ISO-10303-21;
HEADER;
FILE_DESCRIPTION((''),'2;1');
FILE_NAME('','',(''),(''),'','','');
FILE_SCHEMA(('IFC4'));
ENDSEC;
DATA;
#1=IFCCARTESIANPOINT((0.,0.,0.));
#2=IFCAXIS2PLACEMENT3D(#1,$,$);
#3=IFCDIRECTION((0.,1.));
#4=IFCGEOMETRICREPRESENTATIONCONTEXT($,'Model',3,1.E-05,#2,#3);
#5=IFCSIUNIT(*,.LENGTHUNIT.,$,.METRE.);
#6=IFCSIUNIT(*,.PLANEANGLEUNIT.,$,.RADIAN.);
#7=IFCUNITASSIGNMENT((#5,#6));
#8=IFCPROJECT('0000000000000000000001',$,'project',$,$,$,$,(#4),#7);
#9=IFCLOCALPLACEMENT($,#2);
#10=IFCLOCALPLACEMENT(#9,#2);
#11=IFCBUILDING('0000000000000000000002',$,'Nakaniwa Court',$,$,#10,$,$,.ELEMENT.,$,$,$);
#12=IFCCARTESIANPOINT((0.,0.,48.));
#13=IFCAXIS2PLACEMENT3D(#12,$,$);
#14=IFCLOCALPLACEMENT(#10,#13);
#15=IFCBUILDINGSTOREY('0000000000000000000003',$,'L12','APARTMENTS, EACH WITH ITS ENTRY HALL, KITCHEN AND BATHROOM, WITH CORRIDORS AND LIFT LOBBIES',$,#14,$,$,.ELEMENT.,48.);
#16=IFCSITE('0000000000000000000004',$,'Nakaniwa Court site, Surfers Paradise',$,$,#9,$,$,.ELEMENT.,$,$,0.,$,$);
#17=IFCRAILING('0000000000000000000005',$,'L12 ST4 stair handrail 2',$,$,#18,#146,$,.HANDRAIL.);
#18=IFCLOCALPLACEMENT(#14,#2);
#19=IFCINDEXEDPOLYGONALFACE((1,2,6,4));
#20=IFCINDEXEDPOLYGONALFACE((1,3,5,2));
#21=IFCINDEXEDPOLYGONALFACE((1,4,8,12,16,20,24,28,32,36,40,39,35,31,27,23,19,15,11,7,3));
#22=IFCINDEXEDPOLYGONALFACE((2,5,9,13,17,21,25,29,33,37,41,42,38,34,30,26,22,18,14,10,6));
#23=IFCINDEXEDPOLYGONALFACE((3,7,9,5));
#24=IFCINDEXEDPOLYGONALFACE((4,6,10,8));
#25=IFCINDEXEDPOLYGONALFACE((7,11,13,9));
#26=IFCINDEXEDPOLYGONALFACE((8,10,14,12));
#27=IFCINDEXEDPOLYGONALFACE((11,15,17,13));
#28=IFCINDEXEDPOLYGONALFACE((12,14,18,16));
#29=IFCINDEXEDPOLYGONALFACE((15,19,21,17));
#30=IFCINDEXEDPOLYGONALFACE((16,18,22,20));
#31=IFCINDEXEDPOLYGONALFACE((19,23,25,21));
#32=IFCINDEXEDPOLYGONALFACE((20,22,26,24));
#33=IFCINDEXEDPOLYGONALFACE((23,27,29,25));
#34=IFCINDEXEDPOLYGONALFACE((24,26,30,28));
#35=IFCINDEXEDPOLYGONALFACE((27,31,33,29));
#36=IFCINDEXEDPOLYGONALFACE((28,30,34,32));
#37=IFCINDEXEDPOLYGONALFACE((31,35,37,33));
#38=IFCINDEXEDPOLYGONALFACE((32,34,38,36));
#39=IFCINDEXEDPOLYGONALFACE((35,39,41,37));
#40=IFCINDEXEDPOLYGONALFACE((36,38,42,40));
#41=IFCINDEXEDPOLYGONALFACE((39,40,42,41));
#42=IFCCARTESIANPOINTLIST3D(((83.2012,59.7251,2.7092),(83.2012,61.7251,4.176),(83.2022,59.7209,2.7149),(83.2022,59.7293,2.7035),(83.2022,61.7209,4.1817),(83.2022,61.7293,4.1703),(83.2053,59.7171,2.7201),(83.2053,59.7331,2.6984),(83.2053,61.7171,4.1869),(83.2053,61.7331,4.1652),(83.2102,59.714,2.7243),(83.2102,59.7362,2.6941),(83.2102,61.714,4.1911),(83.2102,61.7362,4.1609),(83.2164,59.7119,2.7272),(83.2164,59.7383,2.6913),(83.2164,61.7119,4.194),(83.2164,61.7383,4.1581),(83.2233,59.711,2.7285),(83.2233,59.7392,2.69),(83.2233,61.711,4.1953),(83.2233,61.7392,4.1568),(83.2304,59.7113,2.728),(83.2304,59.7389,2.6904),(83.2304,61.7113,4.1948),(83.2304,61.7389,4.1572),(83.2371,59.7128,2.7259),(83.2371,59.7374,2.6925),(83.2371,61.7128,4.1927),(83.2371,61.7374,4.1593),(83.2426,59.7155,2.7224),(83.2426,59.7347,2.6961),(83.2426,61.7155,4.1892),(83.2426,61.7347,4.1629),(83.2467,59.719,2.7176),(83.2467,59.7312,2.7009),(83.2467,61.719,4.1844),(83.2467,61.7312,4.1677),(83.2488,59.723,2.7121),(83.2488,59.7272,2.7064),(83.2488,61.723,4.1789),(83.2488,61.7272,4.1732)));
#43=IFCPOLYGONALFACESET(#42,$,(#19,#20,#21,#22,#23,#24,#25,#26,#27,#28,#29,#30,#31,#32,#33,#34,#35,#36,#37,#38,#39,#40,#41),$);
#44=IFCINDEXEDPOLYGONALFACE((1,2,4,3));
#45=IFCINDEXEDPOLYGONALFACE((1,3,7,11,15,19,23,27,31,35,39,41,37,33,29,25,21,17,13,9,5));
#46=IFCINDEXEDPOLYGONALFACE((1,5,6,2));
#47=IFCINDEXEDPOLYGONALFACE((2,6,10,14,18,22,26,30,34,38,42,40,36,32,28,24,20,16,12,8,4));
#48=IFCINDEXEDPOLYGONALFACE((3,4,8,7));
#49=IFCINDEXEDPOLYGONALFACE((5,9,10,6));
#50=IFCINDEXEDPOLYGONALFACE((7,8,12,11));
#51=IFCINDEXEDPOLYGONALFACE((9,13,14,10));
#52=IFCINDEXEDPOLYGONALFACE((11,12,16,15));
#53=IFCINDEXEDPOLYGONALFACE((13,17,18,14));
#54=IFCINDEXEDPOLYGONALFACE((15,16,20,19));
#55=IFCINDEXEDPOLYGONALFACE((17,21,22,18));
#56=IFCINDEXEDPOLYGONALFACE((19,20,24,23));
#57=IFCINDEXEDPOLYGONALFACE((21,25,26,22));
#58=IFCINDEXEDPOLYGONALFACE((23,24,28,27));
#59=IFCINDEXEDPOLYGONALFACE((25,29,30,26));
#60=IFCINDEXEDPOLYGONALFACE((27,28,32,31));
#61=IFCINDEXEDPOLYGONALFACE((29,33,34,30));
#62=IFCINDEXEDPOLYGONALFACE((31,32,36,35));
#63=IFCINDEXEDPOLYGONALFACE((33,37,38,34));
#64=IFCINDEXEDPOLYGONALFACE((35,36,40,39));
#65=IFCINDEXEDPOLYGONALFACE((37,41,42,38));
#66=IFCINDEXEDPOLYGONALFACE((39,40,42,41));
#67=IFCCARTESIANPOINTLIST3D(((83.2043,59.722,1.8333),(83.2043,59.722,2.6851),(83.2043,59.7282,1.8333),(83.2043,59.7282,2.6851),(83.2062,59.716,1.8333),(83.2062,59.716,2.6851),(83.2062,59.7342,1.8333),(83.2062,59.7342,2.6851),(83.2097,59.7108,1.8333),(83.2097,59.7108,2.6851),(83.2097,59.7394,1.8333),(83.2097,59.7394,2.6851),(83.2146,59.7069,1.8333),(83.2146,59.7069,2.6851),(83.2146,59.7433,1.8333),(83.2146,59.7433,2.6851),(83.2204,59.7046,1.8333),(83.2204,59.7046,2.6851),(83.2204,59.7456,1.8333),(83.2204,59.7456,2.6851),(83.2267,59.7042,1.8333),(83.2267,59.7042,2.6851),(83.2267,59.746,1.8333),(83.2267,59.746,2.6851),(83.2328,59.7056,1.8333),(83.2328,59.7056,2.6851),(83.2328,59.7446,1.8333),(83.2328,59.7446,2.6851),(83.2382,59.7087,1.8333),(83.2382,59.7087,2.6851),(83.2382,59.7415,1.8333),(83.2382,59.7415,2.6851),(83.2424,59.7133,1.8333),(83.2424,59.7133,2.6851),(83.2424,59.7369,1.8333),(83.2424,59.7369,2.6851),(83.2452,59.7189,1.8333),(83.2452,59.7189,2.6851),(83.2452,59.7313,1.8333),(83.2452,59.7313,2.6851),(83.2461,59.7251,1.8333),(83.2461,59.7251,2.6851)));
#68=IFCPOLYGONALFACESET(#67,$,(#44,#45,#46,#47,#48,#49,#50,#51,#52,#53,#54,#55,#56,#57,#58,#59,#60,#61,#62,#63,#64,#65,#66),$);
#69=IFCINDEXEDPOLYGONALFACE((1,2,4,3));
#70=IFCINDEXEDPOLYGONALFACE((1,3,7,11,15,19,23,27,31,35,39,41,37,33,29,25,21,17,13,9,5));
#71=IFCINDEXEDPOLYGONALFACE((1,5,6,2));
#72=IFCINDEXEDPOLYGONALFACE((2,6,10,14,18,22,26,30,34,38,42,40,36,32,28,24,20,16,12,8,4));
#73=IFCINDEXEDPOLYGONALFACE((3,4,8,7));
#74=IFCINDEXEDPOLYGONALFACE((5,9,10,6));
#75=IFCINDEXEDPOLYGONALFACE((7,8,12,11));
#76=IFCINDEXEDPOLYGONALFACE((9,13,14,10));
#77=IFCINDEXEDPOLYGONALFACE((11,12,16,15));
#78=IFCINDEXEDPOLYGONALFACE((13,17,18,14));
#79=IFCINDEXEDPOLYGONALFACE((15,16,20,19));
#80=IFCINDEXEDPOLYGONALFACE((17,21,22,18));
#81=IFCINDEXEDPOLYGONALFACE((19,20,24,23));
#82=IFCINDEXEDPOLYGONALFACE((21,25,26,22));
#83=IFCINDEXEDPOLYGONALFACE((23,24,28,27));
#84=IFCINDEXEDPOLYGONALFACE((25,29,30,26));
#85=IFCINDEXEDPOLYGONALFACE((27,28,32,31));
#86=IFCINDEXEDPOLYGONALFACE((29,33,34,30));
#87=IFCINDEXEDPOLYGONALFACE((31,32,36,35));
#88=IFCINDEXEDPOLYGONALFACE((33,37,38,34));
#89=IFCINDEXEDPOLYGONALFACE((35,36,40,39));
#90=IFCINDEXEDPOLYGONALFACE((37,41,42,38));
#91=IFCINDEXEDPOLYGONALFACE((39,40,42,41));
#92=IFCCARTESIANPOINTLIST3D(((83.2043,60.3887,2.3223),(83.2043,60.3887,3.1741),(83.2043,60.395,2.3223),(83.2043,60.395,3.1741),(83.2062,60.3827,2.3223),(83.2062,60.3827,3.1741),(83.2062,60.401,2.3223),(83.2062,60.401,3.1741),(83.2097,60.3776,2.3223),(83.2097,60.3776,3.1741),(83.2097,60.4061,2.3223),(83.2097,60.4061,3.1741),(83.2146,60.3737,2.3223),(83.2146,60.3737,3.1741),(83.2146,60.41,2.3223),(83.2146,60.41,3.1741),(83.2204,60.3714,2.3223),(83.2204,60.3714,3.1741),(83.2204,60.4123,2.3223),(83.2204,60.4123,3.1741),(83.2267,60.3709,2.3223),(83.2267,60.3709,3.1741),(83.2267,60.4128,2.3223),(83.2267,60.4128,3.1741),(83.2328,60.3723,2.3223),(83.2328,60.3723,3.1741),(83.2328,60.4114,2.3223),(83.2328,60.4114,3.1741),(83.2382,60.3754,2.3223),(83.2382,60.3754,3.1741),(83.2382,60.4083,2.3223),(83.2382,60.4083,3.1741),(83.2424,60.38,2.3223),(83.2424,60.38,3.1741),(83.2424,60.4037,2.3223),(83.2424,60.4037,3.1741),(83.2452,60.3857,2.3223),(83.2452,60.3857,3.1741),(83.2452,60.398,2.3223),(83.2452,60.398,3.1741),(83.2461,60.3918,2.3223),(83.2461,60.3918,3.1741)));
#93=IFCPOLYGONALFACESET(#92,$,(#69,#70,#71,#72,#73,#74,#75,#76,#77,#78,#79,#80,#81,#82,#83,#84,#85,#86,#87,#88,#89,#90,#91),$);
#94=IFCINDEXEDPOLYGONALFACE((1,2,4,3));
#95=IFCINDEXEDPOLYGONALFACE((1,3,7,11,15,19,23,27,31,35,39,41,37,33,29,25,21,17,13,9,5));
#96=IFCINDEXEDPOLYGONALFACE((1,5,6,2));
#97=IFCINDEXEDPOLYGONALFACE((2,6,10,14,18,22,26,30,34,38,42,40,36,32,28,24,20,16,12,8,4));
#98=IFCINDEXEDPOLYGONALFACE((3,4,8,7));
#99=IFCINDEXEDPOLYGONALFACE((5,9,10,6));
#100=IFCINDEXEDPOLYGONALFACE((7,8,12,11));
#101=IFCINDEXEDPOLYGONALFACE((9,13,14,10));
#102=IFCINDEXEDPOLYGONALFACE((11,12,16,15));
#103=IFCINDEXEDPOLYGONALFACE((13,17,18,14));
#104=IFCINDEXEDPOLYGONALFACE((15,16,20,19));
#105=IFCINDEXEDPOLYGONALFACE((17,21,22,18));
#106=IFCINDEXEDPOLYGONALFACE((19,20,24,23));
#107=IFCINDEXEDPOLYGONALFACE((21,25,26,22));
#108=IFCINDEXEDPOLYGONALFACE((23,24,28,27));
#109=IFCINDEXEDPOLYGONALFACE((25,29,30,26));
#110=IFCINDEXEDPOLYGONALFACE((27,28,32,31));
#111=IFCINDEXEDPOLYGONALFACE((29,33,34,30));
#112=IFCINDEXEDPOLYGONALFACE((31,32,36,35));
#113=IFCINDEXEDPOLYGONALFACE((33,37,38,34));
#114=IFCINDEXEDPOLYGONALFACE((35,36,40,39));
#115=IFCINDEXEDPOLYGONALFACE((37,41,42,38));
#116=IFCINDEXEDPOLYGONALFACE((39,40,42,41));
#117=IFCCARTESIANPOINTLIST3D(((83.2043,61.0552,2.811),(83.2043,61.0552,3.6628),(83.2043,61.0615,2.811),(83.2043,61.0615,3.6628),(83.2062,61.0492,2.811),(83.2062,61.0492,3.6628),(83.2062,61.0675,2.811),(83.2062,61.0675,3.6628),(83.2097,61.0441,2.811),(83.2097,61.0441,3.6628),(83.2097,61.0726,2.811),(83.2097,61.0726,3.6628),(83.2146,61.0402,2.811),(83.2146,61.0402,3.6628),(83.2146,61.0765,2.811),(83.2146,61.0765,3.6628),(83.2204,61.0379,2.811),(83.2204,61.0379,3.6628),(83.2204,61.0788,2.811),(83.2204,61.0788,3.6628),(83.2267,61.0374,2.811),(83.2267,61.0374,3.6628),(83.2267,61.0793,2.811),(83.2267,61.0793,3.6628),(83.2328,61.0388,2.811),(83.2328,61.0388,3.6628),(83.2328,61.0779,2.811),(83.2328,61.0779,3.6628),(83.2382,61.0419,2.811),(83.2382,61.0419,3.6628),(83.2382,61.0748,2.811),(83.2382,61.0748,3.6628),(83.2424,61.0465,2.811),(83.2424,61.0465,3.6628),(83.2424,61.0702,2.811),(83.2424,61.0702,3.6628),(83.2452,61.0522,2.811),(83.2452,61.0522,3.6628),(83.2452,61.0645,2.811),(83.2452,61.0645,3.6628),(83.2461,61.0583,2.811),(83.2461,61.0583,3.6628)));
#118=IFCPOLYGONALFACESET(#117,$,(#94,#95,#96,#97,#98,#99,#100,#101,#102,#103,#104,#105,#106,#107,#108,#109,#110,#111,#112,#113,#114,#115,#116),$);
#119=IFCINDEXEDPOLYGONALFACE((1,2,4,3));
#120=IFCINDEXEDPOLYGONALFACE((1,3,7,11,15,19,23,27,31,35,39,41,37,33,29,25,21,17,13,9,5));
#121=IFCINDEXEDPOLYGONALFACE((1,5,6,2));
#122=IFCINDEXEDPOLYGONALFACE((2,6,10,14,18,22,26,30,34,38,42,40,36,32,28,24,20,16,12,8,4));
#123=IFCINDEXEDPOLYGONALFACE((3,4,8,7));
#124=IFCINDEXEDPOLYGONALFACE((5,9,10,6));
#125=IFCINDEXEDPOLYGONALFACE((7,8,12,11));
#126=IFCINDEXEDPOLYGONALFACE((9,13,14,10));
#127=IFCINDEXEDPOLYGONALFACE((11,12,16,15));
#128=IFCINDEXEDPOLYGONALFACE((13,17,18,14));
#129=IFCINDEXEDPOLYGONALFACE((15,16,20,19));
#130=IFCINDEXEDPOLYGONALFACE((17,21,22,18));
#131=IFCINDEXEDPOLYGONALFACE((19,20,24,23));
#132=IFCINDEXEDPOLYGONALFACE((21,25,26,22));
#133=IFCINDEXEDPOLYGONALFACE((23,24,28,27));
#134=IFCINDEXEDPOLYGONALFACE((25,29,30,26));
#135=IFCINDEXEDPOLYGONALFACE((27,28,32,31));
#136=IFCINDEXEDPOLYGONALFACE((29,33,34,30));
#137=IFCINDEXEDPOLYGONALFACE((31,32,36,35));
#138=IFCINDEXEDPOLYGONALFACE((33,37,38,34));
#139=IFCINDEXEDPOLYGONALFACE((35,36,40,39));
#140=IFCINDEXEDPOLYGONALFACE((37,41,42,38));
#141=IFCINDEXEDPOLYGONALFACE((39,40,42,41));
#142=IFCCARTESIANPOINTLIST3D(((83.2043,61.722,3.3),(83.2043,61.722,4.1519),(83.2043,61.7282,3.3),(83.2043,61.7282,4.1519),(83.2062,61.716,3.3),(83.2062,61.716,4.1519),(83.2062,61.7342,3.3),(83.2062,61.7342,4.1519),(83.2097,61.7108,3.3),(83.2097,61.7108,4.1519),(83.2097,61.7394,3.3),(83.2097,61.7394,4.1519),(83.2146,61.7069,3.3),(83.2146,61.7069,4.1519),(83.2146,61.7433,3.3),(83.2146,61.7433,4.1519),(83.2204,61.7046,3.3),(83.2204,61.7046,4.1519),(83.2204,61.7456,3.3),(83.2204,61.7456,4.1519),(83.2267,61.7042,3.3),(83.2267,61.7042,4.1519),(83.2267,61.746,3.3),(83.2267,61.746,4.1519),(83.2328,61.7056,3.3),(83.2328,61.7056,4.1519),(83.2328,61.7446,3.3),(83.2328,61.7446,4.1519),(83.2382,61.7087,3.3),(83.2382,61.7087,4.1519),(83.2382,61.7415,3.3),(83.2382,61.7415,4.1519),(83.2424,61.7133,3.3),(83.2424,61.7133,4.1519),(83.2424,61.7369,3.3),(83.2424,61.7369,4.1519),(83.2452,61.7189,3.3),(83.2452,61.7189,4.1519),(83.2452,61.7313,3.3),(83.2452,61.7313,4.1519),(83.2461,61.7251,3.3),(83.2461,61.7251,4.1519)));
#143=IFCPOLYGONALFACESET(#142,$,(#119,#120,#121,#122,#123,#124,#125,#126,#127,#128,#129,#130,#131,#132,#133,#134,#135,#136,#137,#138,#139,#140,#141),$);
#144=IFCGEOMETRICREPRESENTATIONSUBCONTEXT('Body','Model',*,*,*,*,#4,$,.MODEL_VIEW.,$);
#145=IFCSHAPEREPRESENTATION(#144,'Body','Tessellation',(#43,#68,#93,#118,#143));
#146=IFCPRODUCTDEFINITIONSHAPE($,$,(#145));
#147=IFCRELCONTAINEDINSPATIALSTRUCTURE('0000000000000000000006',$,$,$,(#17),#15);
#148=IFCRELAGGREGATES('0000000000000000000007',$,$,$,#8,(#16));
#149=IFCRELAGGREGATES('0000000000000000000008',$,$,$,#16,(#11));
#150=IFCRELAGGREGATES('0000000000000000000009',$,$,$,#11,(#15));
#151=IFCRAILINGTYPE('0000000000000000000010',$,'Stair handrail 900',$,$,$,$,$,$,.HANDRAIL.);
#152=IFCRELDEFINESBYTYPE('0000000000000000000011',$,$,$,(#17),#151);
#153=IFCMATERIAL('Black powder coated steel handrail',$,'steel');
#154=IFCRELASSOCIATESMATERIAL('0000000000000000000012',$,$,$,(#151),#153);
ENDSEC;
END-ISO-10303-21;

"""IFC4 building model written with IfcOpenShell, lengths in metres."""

from ifc_helpers import new_model, si_unit, direction, frame, origin, origin_2d, place, context, subcontext, project, spatial, circle, extrude, material, type_object, element, save


model = new_model("IFC4")

# Units and contexts
model_context = context("Model", 3, precision=1e-05, world=origin(), true_north=direction((0.0, 1.0)))
body_context = subcontext(model_context, "Body", "Model", "MODEL_VIEW")
ifc_project = project(units=[si_unit("LENGTHUNIT", "METRE"), si_unit("PLANEANGLEUNIT", "RADIAN")], contexts=[model_context])

# Site, building, storey
site_placement = place(None, origin())
site = spatial("IfcSite", under=ifc_project, at=site_placement, Name="Nakaniwa Court site, Surfers Paradise", CompositionType="ELEMENT", RefElevation=0.0)
building_placement = place(site_placement, origin())
building = spatial("IfcBuilding", under=site, at=building_placement, Name="Nakaniwa Court", CompositionType="ELEMENT")
storey_placement = place(building_placement, frame((0.0, 0.0, 48.0)))
storey = spatial("IfcBuildingStorey", under=building, at=storey_placement, Name="L12", Description="APARTMENTS, EACH WITH ITS ENTRY HALL, KITCHEN AND BATHROOM, WITH CORRIDORS AND LIFT LOBBIES", CompositionType="ELEMENT", Elevation=48.0)

# Railing
ifc_material_1 = material(Name="Black powder coated steel handrail", Category="steel")
railing_type_1 = type_object("IfcRailingType", Name="Stair handrail 900", PredefinedType="HANDRAIL", material=ifc_material_1)
railing_1_placement = place(storey_placement, frame((83.2251, 59.7251, 1.8333)))
element("IfcRailing", 1, at=railing_1_placement, inside=storey, type_object=railing_type_1, Name="L12 ST4 stair handrail 2", PredefinedType="HANDRAIL", context=body_context, shape_type="SweptSolid", body=[
    extrude(circle(Radius=0.0239, at=origin_2d()), frame((0.0, 0.0, 0.876), z_axis=(0.0, 0.80638, 0.591398), x_axis=(-1.0, 0.0, 0.0)), (0.0, 0.0, 1.0), 2.4802),
    extrude(circle(Radius=0.021, at=origin_2d()), origin(), (0.0, 0.0, 1.0), 0.8518),
    extrude(circle(Radius=0.021, at=origin_2d()), frame((0.0, 0.6667, 0.489)), (0.0, 0.0, 1.0), 0.8518),
    extrude(circle(Radius=0.021, at=origin_2d()), frame((0.0, 1.3333, 0.9778)), (0.0, 0.0, 1.0), 0.8518),
    extrude(circle(Radius=0.021, at=origin_2d()), frame((0.0, 2.0, 1.4668)), (0.0, 0.0, 1.0), 0.8518),
])

save(model, "model.ifc")
